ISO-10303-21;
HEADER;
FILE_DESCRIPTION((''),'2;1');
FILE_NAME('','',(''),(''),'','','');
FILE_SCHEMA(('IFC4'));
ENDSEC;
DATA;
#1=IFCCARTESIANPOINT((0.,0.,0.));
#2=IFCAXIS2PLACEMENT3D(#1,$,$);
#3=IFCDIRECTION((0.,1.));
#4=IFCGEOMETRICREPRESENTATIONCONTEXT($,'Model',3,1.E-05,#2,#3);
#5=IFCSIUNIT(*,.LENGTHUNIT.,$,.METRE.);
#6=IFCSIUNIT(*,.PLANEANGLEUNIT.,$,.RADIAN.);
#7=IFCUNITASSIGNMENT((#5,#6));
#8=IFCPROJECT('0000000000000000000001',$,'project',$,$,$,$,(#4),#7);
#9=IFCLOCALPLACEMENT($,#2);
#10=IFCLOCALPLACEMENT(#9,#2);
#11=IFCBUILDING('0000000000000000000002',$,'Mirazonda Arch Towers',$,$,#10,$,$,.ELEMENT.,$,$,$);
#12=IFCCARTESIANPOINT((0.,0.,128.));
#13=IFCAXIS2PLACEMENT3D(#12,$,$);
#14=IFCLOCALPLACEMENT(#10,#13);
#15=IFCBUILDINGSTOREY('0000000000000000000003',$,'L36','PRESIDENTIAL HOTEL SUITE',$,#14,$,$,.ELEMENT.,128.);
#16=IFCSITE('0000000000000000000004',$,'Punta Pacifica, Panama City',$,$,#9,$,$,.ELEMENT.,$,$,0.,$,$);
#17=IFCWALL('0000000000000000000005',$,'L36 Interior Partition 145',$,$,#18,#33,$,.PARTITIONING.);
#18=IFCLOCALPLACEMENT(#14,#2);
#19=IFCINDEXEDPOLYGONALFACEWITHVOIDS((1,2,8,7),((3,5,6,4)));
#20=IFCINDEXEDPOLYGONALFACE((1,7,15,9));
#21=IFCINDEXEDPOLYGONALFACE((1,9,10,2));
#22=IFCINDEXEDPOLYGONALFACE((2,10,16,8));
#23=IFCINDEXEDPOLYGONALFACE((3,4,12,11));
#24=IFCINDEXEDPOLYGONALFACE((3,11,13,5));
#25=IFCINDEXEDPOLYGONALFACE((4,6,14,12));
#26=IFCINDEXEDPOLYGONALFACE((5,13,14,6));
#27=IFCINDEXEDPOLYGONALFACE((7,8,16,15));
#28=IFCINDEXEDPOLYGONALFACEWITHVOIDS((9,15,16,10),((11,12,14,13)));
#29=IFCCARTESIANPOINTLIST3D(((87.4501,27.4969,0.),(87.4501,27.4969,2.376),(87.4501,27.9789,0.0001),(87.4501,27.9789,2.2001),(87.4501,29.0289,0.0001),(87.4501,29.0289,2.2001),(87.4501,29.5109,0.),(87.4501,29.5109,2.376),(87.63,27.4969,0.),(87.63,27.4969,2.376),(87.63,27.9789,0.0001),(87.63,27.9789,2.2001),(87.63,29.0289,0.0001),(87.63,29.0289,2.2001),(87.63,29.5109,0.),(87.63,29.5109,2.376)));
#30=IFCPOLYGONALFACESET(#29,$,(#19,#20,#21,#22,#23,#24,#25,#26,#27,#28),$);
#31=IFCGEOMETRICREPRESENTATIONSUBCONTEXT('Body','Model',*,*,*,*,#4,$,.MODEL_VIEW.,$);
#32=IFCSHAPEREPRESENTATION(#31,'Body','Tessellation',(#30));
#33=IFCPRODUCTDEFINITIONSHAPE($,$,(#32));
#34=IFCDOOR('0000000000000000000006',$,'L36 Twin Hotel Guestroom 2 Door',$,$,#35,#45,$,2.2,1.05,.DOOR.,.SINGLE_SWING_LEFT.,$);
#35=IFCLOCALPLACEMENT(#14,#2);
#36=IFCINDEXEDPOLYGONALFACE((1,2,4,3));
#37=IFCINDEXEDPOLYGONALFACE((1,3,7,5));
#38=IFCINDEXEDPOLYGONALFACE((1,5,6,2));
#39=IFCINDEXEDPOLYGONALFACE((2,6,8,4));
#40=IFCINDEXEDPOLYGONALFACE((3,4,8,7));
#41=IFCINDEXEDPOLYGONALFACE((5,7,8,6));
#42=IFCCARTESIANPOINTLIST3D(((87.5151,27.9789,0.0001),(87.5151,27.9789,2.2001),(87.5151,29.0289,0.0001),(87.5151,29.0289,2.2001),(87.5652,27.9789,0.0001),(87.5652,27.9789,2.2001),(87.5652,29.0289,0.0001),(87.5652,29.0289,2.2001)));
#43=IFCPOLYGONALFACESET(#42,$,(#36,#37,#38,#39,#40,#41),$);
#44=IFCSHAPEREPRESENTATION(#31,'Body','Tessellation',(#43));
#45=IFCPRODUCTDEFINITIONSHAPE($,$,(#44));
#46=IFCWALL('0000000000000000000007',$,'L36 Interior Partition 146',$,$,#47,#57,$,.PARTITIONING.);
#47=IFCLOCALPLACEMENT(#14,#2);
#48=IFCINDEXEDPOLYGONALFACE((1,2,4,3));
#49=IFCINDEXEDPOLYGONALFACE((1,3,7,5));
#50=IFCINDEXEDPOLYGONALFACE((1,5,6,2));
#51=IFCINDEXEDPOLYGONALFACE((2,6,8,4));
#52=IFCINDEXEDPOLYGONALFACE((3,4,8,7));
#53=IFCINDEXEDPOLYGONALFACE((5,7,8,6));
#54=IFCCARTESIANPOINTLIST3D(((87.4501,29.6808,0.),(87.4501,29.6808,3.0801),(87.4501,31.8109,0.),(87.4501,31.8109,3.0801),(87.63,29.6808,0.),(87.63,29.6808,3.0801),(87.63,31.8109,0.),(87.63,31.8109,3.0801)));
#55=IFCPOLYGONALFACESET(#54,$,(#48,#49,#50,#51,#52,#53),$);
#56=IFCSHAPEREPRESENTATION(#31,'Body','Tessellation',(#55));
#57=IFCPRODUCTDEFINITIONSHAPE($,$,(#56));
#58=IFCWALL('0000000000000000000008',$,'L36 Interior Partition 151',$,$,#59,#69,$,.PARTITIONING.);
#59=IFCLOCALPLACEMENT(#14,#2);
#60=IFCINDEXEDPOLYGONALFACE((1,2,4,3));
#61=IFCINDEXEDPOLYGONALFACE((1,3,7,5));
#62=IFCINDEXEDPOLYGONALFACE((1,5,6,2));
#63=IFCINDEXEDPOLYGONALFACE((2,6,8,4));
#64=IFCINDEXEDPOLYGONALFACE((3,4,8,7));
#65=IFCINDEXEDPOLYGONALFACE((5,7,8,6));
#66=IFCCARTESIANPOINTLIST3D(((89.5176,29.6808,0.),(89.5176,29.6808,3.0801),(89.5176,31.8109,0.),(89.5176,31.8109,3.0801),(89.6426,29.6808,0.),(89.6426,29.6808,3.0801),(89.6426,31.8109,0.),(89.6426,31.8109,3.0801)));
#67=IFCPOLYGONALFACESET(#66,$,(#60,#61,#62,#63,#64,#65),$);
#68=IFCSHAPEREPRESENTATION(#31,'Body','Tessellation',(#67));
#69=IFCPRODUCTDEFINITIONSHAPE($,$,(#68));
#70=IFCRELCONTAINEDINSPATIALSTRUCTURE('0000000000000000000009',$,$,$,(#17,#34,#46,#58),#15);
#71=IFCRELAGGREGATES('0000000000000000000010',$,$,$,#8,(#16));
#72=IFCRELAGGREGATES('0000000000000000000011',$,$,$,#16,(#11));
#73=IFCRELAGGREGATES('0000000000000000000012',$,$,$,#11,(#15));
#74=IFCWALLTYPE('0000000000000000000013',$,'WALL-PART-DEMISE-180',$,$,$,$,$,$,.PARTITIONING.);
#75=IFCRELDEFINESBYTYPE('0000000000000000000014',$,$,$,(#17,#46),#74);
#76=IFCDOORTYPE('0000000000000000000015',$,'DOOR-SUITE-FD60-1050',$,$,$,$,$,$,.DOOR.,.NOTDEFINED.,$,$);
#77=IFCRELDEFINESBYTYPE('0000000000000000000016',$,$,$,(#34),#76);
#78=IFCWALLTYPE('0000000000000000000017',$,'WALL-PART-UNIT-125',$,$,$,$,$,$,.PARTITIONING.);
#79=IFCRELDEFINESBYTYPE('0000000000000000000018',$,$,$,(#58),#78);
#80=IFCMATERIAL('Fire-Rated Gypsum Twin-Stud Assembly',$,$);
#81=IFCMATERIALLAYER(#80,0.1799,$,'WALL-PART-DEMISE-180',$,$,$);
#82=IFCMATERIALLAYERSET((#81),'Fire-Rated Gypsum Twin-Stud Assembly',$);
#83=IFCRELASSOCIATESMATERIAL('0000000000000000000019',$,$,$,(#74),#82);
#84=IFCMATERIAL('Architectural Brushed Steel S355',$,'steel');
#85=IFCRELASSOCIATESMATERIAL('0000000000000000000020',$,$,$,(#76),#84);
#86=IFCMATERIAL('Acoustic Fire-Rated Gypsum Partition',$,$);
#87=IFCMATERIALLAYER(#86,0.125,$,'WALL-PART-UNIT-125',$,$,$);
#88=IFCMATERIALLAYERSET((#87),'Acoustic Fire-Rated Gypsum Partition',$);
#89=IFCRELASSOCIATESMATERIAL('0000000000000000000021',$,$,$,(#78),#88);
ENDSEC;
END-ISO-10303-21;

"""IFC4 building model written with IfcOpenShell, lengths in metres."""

from ifc_helpers import new_model, si_unit, direction, frame, frame_2d, origin, place, context, subcontext, project, spatial, rectangle, extrude, material, layer, layer_set, type_object, element, fill, save


model = new_model("IFC4")

# Units and contexts
model_context = context("Model", 3, precision=1e-05, world=origin(), true_north=direction((0.0, 1.0)))
body_context = subcontext(model_context, "Body", "Model", "MODEL_VIEW")
ifc_project = project(units=[si_unit("LENGTHUNIT", "METRE"), si_unit("PLANEANGLEUNIT", "RADIAN")], contexts=[model_context])

# Site, building, storey
site_placement = place(None, origin())
site = spatial("IfcSite", under=ifc_project, at=site_placement, Name="Punta Pacifica, Panama City", CompositionType="ELEMENT", RefElevation=0.0)
building_placement = place(site_placement, origin())
building = spatial("IfcBuilding", under=site, at=building_placement, Name="Mirazonda Arch Towers", CompositionType="ELEMENT")
storey_placement = place(building_placement, frame((0.0, 0.0, 128.0)))
storey = spatial("IfcBuildingStorey", under=building, at=storey_placement, Name="L36", Description="PRESIDENTIAL HOTEL SUITE", CompositionType="ELEMENT", Elevation=128.0)

# Shared definitions
ifc_material_1 = material(Name="Architectural Brushed Steel S355", Category="steel")

# Wall, opening, door
ifc_material_2 = material(Name="Fire-Rated Gypsum Twin-Stud Assembly")
ifc_layer_1 = layer(ifc_material_2, 0.1799, Name="WALL-PART-DEMISE-180")
ifc_layer_set_1 = layer_set([ifc_layer_1], Name="Fire-Rated Gypsum Twin-Stud Assembly")
wall_type_1 = type_object("IfcWallType", Name="WALL-PART-DEMISE-180", PredefinedType="PARTITIONING", material=ifc_layer_set_1)
wall_1_placement = place(storey_placement, frame((87.54, 27.4971, 0.0), z_axis=(0.0, 0.0, 1.0), x_axis=(0.0, 1.0, 0.0)))
wall_1 = element("IfcWall", 1, at=wall_1_placement, inside=storey, type_object=wall_type_1, Name="L36 Interior Partition 145", PredefinedType="PARTITIONING", context=body_context, shape_type="SweptSolid", body=[
    extrude(rectangle(XDim=2.0139, YDim=0.1799, at=frame_2d((1.0068, 0.0))), origin(), (0.0, 0.0, 1.0), 2.376),
])
opening_1_placement = place(wall_1_placement, frame((0.4819, 0.0, 0.0)))
opening_1 = element("IfcOpeningElement", 2, at=opening_1_placement, cuts=wall_1, PredefinedType="OPENING", context=body_context, shape_type="SweptSolid", body=[
    extrude(rectangle(XDim=1.05, YDim=2.2, at=frame_2d((0.5249, 1.1001))), frame((0.0, 0.0999, 0.0), z_axis=(0.0, -1.0, 0.0), x_axis=(1.0, 0.0, 0.0)), (0.0, 0.0, 1.0), 0.2),
])
door_type_1 = type_object("IfcDoorType", Name="DOOR-SUITE-FD60-1050", OperationType="NOTDEFINED", PredefinedType="DOOR", material=ifc_material_1)
door_1_placement = place(opening_1_placement, origin())
door_1 = element("IfcDoor", 3, at=door_1_placement, inside=storey, type_object=door_type_1, Name="L36 Twin Hotel Guestroom 2 Door", OperationType="SINGLE_SWING_LEFT", OverallHeight=2.2, OverallWidth=1.05, PredefinedType="DOOR", context=body_context, shape_type="SweptSolid", body=[
    extrude(rectangle(XDim=1.05, YDim=2.2, at=frame_2d((0.5249, 1.1001))), frame((0.0, 0.0249, 0.0), z_axis=(0.0, -1.0, 0.0), x_axis=(1.0, 0.0, 0.0)), (0.0, 0.0, 1.0), 0.05),
])
fill(opening_1, door_1)

# Walls
wall_2_placement = place(storey_placement, frame((87.54, 29.6809, 0.0), z_axis=(0.0, 0.0, 1.0), x_axis=(0.0, 1.0, 0.0)))
element("IfcWall", 4, at=wall_2_placement, inside=storey, type_object=wall_type_1, Name="L36 Interior Partition 146", PredefinedType="PARTITIONING", context=body_context, shape_type="SweptSolid", body=[
    extrude(rectangle(XDim=2.1301, YDim=0.1799, at=frame_2d((1.0649, 0.0))), origin(), (0.0, 0.0, 1.0), 3.0801),
])
ifc_material_3 = material(Name="Acoustic Fire-Rated Gypsum Partition")
ifc_layer_2 = layer(ifc_material_3, 0.125, Name="WALL-PART-UNIT-125")
ifc_layer_set_2 = layer_set([ifc_layer_2], Name="Acoustic Fire-Rated Gypsum Partition")
wall_type_2 = type_object("IfcWallType", Name="WALL-PART-UNIT-125", PredefinedType="PARTITIONING", material=ifc_layer_set_2)
wall_3_placement = place(storey_placement, frame((89.5801, 29.6809, 0.0), z_axis=(0.0, 0.0, 1.0), x_axis=(0.0, 1.0, 0.0)))
element("IfcWall", 5, at=wall_3_placement, inside=storey, type_object=wall_type_2, Name="L36 Interior Partition 151", PredefinedType="PARTITIONING", context=body_context, shape_type="SweptSolid", body=[
    extrude(rectangle(XDim=2.1301, YDim=0.125, at=frame_2d((1.0649, 0.0))), origin(), (0.0, 0.0, 1.0), 3.0801),
])

save(model, "model.ifc")
